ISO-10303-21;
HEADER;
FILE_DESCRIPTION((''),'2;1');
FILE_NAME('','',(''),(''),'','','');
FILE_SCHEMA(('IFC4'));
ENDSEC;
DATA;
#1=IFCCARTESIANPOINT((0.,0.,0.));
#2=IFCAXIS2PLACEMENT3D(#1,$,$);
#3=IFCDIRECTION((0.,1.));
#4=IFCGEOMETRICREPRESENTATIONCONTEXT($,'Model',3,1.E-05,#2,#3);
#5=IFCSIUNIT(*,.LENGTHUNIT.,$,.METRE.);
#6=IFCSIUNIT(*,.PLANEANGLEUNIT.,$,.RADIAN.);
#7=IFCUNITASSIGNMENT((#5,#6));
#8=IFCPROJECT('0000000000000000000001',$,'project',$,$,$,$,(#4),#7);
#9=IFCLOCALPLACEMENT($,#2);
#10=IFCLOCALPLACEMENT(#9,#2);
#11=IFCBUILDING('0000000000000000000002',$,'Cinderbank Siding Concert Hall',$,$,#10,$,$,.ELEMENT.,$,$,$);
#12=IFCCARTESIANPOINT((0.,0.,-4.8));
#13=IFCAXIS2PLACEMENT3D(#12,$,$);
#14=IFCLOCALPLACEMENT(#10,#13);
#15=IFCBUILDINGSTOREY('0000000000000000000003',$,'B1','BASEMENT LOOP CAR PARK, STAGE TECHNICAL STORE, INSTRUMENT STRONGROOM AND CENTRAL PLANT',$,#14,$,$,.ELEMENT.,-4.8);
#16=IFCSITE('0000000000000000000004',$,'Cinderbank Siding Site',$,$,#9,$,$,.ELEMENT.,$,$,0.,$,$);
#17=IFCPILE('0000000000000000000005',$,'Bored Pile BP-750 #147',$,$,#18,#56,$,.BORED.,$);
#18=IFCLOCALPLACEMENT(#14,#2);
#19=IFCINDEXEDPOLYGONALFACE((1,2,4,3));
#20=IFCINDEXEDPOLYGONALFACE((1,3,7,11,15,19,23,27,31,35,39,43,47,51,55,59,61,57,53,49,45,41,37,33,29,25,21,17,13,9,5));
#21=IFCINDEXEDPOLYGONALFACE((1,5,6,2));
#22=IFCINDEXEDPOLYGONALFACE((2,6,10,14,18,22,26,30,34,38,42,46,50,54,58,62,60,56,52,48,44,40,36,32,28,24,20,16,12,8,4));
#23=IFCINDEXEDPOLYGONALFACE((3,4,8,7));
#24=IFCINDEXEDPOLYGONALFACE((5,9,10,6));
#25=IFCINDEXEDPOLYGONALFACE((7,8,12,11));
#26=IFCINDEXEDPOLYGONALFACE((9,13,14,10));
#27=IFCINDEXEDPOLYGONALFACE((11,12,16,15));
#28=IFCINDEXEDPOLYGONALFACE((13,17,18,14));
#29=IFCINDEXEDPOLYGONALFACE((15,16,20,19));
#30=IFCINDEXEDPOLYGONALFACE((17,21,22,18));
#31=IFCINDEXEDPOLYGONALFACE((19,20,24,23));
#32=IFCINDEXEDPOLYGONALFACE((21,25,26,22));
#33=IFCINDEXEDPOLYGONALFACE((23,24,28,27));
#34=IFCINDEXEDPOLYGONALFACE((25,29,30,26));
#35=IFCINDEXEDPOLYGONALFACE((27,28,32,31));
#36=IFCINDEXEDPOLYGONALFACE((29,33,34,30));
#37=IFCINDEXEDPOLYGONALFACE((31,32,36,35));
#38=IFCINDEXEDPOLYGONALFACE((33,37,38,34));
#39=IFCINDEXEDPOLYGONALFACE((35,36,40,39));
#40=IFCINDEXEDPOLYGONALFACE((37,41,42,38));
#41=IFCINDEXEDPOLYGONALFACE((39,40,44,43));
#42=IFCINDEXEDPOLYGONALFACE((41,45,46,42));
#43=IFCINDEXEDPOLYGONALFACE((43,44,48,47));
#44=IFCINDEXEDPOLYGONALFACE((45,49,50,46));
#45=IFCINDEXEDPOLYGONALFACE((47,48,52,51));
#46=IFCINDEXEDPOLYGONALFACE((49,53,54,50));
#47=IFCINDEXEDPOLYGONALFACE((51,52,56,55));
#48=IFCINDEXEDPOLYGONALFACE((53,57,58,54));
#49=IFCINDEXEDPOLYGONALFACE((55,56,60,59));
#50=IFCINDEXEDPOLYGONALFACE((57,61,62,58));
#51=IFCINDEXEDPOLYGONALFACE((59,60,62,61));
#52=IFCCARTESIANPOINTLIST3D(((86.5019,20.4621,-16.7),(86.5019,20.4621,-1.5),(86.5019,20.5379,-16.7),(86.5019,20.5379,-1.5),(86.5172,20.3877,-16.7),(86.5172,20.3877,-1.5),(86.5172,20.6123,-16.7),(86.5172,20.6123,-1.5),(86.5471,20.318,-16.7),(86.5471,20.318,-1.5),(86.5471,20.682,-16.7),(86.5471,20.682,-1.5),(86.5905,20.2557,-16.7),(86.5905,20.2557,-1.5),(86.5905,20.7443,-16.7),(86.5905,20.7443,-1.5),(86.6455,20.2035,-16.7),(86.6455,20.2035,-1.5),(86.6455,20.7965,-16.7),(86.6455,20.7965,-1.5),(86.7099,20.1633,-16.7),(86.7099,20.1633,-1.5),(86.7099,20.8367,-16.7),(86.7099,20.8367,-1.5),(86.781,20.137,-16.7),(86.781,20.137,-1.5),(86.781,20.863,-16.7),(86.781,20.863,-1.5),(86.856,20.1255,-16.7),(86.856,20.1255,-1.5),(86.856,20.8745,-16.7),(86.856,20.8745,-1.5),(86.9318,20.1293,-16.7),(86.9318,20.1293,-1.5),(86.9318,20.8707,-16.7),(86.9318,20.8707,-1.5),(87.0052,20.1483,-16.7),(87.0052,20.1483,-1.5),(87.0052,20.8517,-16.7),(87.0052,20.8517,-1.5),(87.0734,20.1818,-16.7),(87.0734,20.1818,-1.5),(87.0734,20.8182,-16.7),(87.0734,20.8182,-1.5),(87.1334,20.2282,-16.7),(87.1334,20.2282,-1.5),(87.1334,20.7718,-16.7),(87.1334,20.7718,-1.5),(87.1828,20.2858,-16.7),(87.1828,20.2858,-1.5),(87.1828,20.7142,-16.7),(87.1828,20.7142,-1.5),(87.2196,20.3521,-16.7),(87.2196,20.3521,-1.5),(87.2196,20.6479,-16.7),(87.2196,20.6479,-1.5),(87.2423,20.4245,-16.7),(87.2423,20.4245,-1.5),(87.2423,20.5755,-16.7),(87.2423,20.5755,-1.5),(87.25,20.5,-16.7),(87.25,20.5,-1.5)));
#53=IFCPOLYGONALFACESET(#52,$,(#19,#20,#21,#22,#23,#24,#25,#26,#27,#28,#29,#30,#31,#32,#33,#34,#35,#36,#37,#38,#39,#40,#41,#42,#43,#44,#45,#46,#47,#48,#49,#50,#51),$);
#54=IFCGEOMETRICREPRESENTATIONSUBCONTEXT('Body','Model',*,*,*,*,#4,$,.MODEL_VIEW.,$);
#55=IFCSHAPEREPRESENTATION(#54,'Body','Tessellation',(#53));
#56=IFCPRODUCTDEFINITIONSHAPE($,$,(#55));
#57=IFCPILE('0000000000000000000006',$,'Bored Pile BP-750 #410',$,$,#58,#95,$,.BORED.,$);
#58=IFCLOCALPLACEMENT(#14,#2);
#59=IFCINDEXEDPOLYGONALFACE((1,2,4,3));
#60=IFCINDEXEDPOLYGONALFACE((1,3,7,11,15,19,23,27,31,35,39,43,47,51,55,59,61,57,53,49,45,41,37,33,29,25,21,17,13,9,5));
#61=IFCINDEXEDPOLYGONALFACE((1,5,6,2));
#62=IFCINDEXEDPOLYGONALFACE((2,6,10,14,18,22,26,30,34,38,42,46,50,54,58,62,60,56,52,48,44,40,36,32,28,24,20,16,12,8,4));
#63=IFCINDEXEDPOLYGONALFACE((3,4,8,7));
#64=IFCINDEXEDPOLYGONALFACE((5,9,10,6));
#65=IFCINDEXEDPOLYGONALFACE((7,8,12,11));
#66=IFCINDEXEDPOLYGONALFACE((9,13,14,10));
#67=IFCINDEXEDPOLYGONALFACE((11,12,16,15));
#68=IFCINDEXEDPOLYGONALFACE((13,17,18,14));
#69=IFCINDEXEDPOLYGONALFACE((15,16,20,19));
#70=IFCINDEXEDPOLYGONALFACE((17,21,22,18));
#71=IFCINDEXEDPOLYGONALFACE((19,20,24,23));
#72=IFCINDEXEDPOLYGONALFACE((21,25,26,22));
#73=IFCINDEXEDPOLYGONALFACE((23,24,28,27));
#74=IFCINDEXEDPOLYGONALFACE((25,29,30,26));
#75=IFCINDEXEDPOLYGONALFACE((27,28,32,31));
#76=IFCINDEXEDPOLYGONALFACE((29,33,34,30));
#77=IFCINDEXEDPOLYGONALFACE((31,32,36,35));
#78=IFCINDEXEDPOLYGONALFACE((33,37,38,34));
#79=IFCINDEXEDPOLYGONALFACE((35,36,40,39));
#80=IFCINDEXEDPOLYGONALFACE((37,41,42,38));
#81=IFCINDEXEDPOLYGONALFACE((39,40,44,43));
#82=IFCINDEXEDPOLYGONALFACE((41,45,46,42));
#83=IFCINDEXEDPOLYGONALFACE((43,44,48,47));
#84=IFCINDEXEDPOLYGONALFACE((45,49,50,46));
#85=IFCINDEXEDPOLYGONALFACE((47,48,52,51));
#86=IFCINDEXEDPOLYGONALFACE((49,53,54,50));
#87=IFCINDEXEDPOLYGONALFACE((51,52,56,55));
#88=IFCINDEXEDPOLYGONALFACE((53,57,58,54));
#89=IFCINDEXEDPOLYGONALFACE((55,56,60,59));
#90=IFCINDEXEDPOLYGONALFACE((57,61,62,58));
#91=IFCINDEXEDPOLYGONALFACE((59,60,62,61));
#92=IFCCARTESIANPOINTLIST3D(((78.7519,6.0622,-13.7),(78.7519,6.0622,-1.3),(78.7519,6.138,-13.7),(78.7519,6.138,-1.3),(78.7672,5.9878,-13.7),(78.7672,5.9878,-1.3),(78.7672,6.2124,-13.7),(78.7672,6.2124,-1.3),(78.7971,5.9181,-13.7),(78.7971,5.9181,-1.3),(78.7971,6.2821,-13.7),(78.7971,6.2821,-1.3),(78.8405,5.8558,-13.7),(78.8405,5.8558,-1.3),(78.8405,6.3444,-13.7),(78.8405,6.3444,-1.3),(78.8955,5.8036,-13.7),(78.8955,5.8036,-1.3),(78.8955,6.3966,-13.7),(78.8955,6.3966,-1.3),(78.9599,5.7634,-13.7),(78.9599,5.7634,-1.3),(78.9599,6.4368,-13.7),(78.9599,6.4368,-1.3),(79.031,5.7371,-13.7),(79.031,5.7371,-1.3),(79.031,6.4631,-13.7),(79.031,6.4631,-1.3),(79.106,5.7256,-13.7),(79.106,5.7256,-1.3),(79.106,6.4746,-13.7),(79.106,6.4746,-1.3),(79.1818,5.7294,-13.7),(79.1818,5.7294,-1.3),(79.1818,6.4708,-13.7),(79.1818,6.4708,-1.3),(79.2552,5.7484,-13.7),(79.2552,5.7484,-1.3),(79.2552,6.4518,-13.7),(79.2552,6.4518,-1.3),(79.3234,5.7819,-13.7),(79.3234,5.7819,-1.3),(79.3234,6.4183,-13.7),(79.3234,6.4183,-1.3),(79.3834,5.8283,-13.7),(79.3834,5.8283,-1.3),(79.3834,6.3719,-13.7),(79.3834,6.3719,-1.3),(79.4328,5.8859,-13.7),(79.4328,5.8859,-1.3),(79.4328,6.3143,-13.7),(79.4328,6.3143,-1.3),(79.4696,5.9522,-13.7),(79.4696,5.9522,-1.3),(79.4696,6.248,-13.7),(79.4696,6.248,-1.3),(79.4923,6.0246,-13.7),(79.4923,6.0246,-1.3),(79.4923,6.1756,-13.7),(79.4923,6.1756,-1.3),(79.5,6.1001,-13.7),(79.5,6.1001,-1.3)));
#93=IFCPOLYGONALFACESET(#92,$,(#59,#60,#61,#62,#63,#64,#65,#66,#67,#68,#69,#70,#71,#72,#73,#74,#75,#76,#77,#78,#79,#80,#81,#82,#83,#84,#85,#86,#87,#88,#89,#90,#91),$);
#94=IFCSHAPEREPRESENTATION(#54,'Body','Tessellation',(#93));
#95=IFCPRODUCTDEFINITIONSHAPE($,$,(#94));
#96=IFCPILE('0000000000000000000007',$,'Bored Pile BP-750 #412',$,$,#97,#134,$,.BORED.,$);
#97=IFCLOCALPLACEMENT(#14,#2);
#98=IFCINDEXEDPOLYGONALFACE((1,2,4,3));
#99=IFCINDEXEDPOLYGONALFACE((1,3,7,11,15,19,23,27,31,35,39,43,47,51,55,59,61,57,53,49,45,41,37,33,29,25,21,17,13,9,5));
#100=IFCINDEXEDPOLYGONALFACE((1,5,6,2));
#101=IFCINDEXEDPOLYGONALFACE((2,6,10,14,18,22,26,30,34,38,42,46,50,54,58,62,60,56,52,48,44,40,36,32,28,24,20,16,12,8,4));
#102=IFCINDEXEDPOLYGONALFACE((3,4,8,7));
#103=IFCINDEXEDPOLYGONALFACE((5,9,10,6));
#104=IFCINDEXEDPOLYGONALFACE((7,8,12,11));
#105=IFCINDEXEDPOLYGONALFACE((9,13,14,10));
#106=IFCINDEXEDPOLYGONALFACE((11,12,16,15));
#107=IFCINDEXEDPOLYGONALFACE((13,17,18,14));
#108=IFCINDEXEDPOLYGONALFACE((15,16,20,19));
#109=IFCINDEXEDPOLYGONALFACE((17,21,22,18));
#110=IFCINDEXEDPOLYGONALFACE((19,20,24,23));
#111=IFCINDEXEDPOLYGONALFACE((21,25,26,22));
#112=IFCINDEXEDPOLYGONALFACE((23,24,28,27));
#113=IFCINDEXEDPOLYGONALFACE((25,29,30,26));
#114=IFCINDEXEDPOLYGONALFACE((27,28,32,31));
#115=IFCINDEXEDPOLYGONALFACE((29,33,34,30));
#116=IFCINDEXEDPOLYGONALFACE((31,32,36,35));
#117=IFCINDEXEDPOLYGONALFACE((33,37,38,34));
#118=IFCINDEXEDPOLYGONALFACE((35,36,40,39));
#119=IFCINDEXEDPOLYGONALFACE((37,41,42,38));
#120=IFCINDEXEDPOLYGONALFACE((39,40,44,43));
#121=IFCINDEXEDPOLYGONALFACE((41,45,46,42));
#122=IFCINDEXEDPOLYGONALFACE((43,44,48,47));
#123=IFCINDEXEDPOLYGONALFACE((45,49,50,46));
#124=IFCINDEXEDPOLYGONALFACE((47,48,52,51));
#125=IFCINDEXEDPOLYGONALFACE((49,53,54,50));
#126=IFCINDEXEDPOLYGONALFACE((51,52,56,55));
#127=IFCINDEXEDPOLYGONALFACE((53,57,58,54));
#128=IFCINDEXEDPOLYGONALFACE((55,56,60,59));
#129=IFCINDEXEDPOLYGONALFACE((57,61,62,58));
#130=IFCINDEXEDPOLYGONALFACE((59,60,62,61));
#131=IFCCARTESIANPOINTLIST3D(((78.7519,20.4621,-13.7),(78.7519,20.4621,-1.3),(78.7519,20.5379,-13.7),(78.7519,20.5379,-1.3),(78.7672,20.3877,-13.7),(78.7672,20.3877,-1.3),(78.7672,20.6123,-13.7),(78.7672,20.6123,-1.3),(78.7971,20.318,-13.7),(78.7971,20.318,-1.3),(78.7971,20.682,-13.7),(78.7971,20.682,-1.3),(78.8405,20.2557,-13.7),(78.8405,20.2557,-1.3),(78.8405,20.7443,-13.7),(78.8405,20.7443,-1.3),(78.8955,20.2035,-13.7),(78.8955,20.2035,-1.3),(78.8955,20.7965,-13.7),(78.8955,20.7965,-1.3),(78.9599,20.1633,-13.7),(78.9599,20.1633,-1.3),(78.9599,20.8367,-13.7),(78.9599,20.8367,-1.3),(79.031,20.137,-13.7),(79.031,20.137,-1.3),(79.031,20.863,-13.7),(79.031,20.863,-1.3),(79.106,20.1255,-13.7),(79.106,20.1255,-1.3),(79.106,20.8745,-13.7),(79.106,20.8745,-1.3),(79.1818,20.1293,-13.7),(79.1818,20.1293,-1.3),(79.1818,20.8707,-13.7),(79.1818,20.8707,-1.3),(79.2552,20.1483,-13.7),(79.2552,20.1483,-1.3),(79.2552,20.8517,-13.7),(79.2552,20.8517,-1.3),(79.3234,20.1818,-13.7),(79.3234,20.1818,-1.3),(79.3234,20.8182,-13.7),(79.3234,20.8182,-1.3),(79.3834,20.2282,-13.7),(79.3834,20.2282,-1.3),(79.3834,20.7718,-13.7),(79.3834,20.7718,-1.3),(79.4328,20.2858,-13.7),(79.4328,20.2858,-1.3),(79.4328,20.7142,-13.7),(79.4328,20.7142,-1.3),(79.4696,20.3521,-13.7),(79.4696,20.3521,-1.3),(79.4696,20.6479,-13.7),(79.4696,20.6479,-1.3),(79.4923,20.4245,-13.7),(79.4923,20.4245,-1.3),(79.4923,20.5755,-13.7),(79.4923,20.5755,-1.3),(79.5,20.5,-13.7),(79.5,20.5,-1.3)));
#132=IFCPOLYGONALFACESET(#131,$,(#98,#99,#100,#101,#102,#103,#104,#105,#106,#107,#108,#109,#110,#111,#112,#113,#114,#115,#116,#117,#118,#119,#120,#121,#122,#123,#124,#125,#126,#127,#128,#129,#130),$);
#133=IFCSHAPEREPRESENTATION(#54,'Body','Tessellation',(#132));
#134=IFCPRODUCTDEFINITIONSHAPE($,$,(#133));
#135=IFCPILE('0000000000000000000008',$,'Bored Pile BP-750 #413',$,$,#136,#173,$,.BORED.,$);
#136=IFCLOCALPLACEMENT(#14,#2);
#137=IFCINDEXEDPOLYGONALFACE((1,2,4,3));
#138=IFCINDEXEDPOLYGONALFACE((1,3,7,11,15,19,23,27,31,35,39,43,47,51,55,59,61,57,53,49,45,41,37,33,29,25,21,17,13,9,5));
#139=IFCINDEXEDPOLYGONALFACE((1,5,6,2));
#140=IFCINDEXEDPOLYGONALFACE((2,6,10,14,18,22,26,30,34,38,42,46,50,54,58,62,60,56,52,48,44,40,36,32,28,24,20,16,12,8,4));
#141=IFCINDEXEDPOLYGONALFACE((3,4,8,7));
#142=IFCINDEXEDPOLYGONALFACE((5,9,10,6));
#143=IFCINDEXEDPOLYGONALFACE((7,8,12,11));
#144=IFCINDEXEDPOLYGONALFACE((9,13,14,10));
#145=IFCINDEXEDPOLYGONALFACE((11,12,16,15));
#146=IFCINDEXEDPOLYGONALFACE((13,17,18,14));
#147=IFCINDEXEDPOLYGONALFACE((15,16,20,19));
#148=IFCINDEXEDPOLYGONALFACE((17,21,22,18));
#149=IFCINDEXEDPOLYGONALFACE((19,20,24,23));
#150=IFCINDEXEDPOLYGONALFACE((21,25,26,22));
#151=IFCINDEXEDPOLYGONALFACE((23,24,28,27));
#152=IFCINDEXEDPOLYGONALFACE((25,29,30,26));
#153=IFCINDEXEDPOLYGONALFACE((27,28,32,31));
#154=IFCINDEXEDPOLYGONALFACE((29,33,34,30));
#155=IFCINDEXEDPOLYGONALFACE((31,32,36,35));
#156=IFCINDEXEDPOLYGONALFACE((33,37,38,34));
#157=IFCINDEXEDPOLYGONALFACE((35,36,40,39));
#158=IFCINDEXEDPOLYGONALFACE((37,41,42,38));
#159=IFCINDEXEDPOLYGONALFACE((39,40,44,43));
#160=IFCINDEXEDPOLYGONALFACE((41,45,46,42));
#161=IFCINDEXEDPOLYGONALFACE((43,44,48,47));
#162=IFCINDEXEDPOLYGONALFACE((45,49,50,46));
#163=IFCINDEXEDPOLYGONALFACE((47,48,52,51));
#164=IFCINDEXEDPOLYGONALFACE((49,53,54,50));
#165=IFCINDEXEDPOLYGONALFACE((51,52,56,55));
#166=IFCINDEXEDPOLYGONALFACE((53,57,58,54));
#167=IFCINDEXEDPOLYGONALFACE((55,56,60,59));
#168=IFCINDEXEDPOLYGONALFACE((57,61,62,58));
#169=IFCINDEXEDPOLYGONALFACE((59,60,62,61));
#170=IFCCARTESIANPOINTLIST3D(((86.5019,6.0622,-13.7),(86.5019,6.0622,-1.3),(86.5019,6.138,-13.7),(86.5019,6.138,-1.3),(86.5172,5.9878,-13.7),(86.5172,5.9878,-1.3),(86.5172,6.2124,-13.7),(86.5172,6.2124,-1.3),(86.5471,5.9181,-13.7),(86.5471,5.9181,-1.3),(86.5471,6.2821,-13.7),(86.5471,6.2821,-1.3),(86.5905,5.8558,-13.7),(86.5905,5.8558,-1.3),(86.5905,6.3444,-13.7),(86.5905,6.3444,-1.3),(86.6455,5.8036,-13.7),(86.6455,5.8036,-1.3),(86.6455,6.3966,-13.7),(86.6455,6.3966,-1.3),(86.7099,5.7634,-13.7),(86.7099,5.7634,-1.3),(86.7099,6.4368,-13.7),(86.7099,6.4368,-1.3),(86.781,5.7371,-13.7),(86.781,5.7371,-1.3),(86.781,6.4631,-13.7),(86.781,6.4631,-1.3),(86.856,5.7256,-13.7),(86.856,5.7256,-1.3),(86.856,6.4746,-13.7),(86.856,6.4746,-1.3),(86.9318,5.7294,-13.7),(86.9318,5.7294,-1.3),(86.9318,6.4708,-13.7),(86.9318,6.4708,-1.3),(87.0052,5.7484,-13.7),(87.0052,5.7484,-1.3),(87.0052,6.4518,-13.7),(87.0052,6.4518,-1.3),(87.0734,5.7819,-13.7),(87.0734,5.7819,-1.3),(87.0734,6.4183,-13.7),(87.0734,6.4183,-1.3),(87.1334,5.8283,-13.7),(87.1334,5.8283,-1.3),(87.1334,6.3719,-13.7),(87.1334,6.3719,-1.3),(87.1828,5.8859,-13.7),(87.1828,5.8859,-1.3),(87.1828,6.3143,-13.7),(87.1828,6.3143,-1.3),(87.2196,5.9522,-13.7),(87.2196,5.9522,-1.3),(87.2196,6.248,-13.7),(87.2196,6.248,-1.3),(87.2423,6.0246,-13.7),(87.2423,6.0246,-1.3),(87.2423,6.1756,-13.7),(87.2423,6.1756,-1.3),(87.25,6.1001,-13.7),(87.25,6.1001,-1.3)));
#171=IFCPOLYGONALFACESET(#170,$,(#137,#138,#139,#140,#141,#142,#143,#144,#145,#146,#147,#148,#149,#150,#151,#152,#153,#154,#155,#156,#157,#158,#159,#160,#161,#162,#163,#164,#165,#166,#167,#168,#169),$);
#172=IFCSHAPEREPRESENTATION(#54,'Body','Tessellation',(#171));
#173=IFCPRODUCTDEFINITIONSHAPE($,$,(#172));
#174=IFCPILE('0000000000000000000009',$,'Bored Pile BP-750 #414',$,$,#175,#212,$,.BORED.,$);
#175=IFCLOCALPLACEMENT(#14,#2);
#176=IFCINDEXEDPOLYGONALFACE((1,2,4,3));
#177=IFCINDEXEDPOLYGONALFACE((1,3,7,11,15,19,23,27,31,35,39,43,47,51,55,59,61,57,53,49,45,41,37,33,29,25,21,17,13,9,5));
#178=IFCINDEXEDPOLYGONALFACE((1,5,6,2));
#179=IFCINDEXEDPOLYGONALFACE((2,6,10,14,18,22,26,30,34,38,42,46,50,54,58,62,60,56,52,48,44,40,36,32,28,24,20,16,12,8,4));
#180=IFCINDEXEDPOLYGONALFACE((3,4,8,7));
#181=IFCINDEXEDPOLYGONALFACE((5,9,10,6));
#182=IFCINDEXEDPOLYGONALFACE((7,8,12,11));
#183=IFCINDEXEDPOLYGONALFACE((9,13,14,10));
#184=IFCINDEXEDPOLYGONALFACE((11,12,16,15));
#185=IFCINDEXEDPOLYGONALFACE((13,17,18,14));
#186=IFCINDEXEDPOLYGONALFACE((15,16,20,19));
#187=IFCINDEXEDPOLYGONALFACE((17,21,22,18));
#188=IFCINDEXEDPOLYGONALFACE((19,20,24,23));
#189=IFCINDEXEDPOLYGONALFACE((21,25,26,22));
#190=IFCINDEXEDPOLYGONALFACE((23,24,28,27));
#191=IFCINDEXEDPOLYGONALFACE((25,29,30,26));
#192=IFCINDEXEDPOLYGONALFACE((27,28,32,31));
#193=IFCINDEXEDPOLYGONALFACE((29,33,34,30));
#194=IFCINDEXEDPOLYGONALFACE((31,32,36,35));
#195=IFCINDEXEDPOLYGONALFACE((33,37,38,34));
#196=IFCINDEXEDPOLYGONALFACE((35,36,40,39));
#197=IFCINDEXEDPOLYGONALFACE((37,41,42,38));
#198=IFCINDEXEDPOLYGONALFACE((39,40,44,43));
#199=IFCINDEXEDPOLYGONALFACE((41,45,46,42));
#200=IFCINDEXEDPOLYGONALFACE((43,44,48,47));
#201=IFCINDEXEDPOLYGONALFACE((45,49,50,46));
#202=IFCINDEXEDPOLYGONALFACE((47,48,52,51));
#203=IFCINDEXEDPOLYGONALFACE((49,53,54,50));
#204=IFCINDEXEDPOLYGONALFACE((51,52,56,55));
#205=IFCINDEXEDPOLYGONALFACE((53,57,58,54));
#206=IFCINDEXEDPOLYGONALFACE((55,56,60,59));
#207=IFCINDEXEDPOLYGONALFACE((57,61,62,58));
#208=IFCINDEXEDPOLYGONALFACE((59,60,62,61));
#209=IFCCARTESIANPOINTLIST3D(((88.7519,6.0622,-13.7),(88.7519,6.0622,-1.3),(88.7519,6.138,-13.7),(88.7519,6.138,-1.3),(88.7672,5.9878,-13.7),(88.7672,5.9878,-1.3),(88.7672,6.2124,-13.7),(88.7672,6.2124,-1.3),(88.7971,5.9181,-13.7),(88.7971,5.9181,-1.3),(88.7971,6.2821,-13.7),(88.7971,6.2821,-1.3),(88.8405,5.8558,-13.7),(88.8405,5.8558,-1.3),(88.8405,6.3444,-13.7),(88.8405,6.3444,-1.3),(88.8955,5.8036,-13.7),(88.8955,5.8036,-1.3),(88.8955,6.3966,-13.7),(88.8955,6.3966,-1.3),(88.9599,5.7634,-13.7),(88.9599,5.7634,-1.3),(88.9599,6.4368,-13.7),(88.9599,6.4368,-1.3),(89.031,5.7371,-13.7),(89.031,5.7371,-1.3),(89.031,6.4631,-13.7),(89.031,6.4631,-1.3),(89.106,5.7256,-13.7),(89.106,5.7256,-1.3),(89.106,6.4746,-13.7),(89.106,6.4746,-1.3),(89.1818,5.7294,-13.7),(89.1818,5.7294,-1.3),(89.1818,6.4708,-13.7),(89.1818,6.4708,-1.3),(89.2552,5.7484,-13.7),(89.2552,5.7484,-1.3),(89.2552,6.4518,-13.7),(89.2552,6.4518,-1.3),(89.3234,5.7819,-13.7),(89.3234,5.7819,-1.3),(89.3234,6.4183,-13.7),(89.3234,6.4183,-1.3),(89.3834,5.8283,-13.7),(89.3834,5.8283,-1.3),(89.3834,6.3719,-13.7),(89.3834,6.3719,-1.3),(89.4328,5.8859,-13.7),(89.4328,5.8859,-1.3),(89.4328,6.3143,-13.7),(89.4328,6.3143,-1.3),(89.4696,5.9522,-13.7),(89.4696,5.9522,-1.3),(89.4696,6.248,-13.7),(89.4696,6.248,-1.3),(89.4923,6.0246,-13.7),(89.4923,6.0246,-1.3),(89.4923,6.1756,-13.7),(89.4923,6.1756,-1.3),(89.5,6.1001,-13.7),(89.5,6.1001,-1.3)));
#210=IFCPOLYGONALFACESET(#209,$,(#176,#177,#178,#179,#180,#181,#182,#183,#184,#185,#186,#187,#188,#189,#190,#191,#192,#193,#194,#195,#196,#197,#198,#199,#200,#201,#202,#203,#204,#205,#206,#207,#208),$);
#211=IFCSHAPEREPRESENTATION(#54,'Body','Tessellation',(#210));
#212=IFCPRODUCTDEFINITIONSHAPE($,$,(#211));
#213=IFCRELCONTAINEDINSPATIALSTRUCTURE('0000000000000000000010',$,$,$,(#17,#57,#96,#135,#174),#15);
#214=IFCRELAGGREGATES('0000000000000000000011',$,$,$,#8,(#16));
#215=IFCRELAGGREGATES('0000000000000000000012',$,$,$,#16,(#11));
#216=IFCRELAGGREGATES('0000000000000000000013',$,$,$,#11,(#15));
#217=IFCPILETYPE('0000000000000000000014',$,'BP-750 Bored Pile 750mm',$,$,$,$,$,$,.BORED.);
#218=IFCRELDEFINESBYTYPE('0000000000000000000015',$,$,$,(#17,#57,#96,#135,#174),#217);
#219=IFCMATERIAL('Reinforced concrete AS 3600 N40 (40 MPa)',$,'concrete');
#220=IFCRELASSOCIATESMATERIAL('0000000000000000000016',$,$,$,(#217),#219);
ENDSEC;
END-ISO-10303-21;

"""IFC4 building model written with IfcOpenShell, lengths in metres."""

from ifc_helpers import new_model, si_unit, direction, frame, origin, origin_2d, place, context, subcontext, project, spatial, circle, extrude, material, material_profile, profile_set, type_object, element, save


model = new_model("IFC4")

# Units and contexts
model_context = context("Model", 3, precision=1e-05, world=origin(), true_north=direction((0.0, 1.0)))
body_context = subcontext(model_context, "Body", "Model", "MODEL_VIEW")
ifc_project = project(units=[si_unit("LENGTHUNIT", "METRE"), si_unit("PLANEANGLEUNIT", "RADIAN")], contexts=[model_context])

# Site, building, storey
site_placement = place(None, origin())
site = spatial("IfcSite", under=ifc_project, at=site_placement, Name="Cinderbank Siding Site", CompositionType="ELEMENT", RefElevation=0.0)
building_placement = place(site_placement, origin())
building = spatial("IfcBuilding", under=site, at=building_placement, Name="Cinderbank Siding Concert Hall", CompositionType="ELEMENT")
storey_placement = place(building_placement, frame((0.0, 0.0, -4.8)))
storey = spatial("IfcBuildingStorey", under=building, at=storey_placement, Name="B1", Description="BASEMENT LOOP CAR PARK, STAGE TECHNICAL STORE, INSTRUMENT STRONGROOM AND CENTRAL PLANT", CompositionType="ELEMENT", Elevation=-4.8)

# Piles
ifc_material_1 = material(Name="Reinforced concrete AS 3600 N40 (40 MPa)", Category="concrete")
ifc_material_profile_1 = material_profile(ifc_material_1, circle(Radius=0.375, at=origin_2d()), Name="PILE-750DIA", Category="LoadBearing")
ifc_profile_set_1 = profile_set([ifc_material_profile_1], Name="Reinforced concrete AS 3600 N40 (40 MPa)")
pile_type_1 = type_object("IfcPileType", Name="BP-750 Bored Pile 750mm", PredefinedType="BORED", material=ifc_profile_set_1)
pile_placement = place(storey_placement, frame((86.875, 20.5, -1.5), z_axis=(0.0, 0.0, -1.0), x_axis=(1.0, 0.0, 0.0)))
element("IfcPile", 1, at=pile_placement, inside=storey, type_object=pile_type_1, Name="Bored Pile BP-750 #147", PredefinedType="BORED", context=body_context, shape_type="SweptSolid", body=[
    extrude(circle(Radius=0.375, at=origin_2d()), origin(), (0.0, 0.0, 1.0), 15.2),
])
for number, where, z_axis, x_axis, name in (
    (2, (79.125, 6.1001, -1.3), (0.0, 0.0, -1.0), (1.0, 0.0, 0.0), "Bored Pile BP-750 #410"),
    (3, (79.125, 20.5, -1.3), (0.0, 0.0, -1.0), (1.0, 0.0, 0.0), "Bored Pile BP-750 #412"),
    (4, (86.875, 6.1001, -1.3), (0.0, 0.0, -1.0), (1.0, 0.0, 0.0), "Bored Pile BP-750 #413"),
    (5, (89.125, 6.1001, -1.3), (0.0, 0.0, -1.0), (1.0, 0.0, 0.0), "Bored Pile BP-750 #414"),
):
    element("IfcPile", number, at=place(storey_placement, frame(where, z_axis=z_axis, x_axis=x_axis)), inside=storey, type_object=pile_type_1, Name=name, PredefinedType="BORED", context=body_context, shape_type="SweptSolid", body=[
        extrude(circle(Radius=0.375, at=origin_2d()), origin(), (0.0, 0.0, 1.0), 12.3999),
    ])

save(model, "model.ifc")
